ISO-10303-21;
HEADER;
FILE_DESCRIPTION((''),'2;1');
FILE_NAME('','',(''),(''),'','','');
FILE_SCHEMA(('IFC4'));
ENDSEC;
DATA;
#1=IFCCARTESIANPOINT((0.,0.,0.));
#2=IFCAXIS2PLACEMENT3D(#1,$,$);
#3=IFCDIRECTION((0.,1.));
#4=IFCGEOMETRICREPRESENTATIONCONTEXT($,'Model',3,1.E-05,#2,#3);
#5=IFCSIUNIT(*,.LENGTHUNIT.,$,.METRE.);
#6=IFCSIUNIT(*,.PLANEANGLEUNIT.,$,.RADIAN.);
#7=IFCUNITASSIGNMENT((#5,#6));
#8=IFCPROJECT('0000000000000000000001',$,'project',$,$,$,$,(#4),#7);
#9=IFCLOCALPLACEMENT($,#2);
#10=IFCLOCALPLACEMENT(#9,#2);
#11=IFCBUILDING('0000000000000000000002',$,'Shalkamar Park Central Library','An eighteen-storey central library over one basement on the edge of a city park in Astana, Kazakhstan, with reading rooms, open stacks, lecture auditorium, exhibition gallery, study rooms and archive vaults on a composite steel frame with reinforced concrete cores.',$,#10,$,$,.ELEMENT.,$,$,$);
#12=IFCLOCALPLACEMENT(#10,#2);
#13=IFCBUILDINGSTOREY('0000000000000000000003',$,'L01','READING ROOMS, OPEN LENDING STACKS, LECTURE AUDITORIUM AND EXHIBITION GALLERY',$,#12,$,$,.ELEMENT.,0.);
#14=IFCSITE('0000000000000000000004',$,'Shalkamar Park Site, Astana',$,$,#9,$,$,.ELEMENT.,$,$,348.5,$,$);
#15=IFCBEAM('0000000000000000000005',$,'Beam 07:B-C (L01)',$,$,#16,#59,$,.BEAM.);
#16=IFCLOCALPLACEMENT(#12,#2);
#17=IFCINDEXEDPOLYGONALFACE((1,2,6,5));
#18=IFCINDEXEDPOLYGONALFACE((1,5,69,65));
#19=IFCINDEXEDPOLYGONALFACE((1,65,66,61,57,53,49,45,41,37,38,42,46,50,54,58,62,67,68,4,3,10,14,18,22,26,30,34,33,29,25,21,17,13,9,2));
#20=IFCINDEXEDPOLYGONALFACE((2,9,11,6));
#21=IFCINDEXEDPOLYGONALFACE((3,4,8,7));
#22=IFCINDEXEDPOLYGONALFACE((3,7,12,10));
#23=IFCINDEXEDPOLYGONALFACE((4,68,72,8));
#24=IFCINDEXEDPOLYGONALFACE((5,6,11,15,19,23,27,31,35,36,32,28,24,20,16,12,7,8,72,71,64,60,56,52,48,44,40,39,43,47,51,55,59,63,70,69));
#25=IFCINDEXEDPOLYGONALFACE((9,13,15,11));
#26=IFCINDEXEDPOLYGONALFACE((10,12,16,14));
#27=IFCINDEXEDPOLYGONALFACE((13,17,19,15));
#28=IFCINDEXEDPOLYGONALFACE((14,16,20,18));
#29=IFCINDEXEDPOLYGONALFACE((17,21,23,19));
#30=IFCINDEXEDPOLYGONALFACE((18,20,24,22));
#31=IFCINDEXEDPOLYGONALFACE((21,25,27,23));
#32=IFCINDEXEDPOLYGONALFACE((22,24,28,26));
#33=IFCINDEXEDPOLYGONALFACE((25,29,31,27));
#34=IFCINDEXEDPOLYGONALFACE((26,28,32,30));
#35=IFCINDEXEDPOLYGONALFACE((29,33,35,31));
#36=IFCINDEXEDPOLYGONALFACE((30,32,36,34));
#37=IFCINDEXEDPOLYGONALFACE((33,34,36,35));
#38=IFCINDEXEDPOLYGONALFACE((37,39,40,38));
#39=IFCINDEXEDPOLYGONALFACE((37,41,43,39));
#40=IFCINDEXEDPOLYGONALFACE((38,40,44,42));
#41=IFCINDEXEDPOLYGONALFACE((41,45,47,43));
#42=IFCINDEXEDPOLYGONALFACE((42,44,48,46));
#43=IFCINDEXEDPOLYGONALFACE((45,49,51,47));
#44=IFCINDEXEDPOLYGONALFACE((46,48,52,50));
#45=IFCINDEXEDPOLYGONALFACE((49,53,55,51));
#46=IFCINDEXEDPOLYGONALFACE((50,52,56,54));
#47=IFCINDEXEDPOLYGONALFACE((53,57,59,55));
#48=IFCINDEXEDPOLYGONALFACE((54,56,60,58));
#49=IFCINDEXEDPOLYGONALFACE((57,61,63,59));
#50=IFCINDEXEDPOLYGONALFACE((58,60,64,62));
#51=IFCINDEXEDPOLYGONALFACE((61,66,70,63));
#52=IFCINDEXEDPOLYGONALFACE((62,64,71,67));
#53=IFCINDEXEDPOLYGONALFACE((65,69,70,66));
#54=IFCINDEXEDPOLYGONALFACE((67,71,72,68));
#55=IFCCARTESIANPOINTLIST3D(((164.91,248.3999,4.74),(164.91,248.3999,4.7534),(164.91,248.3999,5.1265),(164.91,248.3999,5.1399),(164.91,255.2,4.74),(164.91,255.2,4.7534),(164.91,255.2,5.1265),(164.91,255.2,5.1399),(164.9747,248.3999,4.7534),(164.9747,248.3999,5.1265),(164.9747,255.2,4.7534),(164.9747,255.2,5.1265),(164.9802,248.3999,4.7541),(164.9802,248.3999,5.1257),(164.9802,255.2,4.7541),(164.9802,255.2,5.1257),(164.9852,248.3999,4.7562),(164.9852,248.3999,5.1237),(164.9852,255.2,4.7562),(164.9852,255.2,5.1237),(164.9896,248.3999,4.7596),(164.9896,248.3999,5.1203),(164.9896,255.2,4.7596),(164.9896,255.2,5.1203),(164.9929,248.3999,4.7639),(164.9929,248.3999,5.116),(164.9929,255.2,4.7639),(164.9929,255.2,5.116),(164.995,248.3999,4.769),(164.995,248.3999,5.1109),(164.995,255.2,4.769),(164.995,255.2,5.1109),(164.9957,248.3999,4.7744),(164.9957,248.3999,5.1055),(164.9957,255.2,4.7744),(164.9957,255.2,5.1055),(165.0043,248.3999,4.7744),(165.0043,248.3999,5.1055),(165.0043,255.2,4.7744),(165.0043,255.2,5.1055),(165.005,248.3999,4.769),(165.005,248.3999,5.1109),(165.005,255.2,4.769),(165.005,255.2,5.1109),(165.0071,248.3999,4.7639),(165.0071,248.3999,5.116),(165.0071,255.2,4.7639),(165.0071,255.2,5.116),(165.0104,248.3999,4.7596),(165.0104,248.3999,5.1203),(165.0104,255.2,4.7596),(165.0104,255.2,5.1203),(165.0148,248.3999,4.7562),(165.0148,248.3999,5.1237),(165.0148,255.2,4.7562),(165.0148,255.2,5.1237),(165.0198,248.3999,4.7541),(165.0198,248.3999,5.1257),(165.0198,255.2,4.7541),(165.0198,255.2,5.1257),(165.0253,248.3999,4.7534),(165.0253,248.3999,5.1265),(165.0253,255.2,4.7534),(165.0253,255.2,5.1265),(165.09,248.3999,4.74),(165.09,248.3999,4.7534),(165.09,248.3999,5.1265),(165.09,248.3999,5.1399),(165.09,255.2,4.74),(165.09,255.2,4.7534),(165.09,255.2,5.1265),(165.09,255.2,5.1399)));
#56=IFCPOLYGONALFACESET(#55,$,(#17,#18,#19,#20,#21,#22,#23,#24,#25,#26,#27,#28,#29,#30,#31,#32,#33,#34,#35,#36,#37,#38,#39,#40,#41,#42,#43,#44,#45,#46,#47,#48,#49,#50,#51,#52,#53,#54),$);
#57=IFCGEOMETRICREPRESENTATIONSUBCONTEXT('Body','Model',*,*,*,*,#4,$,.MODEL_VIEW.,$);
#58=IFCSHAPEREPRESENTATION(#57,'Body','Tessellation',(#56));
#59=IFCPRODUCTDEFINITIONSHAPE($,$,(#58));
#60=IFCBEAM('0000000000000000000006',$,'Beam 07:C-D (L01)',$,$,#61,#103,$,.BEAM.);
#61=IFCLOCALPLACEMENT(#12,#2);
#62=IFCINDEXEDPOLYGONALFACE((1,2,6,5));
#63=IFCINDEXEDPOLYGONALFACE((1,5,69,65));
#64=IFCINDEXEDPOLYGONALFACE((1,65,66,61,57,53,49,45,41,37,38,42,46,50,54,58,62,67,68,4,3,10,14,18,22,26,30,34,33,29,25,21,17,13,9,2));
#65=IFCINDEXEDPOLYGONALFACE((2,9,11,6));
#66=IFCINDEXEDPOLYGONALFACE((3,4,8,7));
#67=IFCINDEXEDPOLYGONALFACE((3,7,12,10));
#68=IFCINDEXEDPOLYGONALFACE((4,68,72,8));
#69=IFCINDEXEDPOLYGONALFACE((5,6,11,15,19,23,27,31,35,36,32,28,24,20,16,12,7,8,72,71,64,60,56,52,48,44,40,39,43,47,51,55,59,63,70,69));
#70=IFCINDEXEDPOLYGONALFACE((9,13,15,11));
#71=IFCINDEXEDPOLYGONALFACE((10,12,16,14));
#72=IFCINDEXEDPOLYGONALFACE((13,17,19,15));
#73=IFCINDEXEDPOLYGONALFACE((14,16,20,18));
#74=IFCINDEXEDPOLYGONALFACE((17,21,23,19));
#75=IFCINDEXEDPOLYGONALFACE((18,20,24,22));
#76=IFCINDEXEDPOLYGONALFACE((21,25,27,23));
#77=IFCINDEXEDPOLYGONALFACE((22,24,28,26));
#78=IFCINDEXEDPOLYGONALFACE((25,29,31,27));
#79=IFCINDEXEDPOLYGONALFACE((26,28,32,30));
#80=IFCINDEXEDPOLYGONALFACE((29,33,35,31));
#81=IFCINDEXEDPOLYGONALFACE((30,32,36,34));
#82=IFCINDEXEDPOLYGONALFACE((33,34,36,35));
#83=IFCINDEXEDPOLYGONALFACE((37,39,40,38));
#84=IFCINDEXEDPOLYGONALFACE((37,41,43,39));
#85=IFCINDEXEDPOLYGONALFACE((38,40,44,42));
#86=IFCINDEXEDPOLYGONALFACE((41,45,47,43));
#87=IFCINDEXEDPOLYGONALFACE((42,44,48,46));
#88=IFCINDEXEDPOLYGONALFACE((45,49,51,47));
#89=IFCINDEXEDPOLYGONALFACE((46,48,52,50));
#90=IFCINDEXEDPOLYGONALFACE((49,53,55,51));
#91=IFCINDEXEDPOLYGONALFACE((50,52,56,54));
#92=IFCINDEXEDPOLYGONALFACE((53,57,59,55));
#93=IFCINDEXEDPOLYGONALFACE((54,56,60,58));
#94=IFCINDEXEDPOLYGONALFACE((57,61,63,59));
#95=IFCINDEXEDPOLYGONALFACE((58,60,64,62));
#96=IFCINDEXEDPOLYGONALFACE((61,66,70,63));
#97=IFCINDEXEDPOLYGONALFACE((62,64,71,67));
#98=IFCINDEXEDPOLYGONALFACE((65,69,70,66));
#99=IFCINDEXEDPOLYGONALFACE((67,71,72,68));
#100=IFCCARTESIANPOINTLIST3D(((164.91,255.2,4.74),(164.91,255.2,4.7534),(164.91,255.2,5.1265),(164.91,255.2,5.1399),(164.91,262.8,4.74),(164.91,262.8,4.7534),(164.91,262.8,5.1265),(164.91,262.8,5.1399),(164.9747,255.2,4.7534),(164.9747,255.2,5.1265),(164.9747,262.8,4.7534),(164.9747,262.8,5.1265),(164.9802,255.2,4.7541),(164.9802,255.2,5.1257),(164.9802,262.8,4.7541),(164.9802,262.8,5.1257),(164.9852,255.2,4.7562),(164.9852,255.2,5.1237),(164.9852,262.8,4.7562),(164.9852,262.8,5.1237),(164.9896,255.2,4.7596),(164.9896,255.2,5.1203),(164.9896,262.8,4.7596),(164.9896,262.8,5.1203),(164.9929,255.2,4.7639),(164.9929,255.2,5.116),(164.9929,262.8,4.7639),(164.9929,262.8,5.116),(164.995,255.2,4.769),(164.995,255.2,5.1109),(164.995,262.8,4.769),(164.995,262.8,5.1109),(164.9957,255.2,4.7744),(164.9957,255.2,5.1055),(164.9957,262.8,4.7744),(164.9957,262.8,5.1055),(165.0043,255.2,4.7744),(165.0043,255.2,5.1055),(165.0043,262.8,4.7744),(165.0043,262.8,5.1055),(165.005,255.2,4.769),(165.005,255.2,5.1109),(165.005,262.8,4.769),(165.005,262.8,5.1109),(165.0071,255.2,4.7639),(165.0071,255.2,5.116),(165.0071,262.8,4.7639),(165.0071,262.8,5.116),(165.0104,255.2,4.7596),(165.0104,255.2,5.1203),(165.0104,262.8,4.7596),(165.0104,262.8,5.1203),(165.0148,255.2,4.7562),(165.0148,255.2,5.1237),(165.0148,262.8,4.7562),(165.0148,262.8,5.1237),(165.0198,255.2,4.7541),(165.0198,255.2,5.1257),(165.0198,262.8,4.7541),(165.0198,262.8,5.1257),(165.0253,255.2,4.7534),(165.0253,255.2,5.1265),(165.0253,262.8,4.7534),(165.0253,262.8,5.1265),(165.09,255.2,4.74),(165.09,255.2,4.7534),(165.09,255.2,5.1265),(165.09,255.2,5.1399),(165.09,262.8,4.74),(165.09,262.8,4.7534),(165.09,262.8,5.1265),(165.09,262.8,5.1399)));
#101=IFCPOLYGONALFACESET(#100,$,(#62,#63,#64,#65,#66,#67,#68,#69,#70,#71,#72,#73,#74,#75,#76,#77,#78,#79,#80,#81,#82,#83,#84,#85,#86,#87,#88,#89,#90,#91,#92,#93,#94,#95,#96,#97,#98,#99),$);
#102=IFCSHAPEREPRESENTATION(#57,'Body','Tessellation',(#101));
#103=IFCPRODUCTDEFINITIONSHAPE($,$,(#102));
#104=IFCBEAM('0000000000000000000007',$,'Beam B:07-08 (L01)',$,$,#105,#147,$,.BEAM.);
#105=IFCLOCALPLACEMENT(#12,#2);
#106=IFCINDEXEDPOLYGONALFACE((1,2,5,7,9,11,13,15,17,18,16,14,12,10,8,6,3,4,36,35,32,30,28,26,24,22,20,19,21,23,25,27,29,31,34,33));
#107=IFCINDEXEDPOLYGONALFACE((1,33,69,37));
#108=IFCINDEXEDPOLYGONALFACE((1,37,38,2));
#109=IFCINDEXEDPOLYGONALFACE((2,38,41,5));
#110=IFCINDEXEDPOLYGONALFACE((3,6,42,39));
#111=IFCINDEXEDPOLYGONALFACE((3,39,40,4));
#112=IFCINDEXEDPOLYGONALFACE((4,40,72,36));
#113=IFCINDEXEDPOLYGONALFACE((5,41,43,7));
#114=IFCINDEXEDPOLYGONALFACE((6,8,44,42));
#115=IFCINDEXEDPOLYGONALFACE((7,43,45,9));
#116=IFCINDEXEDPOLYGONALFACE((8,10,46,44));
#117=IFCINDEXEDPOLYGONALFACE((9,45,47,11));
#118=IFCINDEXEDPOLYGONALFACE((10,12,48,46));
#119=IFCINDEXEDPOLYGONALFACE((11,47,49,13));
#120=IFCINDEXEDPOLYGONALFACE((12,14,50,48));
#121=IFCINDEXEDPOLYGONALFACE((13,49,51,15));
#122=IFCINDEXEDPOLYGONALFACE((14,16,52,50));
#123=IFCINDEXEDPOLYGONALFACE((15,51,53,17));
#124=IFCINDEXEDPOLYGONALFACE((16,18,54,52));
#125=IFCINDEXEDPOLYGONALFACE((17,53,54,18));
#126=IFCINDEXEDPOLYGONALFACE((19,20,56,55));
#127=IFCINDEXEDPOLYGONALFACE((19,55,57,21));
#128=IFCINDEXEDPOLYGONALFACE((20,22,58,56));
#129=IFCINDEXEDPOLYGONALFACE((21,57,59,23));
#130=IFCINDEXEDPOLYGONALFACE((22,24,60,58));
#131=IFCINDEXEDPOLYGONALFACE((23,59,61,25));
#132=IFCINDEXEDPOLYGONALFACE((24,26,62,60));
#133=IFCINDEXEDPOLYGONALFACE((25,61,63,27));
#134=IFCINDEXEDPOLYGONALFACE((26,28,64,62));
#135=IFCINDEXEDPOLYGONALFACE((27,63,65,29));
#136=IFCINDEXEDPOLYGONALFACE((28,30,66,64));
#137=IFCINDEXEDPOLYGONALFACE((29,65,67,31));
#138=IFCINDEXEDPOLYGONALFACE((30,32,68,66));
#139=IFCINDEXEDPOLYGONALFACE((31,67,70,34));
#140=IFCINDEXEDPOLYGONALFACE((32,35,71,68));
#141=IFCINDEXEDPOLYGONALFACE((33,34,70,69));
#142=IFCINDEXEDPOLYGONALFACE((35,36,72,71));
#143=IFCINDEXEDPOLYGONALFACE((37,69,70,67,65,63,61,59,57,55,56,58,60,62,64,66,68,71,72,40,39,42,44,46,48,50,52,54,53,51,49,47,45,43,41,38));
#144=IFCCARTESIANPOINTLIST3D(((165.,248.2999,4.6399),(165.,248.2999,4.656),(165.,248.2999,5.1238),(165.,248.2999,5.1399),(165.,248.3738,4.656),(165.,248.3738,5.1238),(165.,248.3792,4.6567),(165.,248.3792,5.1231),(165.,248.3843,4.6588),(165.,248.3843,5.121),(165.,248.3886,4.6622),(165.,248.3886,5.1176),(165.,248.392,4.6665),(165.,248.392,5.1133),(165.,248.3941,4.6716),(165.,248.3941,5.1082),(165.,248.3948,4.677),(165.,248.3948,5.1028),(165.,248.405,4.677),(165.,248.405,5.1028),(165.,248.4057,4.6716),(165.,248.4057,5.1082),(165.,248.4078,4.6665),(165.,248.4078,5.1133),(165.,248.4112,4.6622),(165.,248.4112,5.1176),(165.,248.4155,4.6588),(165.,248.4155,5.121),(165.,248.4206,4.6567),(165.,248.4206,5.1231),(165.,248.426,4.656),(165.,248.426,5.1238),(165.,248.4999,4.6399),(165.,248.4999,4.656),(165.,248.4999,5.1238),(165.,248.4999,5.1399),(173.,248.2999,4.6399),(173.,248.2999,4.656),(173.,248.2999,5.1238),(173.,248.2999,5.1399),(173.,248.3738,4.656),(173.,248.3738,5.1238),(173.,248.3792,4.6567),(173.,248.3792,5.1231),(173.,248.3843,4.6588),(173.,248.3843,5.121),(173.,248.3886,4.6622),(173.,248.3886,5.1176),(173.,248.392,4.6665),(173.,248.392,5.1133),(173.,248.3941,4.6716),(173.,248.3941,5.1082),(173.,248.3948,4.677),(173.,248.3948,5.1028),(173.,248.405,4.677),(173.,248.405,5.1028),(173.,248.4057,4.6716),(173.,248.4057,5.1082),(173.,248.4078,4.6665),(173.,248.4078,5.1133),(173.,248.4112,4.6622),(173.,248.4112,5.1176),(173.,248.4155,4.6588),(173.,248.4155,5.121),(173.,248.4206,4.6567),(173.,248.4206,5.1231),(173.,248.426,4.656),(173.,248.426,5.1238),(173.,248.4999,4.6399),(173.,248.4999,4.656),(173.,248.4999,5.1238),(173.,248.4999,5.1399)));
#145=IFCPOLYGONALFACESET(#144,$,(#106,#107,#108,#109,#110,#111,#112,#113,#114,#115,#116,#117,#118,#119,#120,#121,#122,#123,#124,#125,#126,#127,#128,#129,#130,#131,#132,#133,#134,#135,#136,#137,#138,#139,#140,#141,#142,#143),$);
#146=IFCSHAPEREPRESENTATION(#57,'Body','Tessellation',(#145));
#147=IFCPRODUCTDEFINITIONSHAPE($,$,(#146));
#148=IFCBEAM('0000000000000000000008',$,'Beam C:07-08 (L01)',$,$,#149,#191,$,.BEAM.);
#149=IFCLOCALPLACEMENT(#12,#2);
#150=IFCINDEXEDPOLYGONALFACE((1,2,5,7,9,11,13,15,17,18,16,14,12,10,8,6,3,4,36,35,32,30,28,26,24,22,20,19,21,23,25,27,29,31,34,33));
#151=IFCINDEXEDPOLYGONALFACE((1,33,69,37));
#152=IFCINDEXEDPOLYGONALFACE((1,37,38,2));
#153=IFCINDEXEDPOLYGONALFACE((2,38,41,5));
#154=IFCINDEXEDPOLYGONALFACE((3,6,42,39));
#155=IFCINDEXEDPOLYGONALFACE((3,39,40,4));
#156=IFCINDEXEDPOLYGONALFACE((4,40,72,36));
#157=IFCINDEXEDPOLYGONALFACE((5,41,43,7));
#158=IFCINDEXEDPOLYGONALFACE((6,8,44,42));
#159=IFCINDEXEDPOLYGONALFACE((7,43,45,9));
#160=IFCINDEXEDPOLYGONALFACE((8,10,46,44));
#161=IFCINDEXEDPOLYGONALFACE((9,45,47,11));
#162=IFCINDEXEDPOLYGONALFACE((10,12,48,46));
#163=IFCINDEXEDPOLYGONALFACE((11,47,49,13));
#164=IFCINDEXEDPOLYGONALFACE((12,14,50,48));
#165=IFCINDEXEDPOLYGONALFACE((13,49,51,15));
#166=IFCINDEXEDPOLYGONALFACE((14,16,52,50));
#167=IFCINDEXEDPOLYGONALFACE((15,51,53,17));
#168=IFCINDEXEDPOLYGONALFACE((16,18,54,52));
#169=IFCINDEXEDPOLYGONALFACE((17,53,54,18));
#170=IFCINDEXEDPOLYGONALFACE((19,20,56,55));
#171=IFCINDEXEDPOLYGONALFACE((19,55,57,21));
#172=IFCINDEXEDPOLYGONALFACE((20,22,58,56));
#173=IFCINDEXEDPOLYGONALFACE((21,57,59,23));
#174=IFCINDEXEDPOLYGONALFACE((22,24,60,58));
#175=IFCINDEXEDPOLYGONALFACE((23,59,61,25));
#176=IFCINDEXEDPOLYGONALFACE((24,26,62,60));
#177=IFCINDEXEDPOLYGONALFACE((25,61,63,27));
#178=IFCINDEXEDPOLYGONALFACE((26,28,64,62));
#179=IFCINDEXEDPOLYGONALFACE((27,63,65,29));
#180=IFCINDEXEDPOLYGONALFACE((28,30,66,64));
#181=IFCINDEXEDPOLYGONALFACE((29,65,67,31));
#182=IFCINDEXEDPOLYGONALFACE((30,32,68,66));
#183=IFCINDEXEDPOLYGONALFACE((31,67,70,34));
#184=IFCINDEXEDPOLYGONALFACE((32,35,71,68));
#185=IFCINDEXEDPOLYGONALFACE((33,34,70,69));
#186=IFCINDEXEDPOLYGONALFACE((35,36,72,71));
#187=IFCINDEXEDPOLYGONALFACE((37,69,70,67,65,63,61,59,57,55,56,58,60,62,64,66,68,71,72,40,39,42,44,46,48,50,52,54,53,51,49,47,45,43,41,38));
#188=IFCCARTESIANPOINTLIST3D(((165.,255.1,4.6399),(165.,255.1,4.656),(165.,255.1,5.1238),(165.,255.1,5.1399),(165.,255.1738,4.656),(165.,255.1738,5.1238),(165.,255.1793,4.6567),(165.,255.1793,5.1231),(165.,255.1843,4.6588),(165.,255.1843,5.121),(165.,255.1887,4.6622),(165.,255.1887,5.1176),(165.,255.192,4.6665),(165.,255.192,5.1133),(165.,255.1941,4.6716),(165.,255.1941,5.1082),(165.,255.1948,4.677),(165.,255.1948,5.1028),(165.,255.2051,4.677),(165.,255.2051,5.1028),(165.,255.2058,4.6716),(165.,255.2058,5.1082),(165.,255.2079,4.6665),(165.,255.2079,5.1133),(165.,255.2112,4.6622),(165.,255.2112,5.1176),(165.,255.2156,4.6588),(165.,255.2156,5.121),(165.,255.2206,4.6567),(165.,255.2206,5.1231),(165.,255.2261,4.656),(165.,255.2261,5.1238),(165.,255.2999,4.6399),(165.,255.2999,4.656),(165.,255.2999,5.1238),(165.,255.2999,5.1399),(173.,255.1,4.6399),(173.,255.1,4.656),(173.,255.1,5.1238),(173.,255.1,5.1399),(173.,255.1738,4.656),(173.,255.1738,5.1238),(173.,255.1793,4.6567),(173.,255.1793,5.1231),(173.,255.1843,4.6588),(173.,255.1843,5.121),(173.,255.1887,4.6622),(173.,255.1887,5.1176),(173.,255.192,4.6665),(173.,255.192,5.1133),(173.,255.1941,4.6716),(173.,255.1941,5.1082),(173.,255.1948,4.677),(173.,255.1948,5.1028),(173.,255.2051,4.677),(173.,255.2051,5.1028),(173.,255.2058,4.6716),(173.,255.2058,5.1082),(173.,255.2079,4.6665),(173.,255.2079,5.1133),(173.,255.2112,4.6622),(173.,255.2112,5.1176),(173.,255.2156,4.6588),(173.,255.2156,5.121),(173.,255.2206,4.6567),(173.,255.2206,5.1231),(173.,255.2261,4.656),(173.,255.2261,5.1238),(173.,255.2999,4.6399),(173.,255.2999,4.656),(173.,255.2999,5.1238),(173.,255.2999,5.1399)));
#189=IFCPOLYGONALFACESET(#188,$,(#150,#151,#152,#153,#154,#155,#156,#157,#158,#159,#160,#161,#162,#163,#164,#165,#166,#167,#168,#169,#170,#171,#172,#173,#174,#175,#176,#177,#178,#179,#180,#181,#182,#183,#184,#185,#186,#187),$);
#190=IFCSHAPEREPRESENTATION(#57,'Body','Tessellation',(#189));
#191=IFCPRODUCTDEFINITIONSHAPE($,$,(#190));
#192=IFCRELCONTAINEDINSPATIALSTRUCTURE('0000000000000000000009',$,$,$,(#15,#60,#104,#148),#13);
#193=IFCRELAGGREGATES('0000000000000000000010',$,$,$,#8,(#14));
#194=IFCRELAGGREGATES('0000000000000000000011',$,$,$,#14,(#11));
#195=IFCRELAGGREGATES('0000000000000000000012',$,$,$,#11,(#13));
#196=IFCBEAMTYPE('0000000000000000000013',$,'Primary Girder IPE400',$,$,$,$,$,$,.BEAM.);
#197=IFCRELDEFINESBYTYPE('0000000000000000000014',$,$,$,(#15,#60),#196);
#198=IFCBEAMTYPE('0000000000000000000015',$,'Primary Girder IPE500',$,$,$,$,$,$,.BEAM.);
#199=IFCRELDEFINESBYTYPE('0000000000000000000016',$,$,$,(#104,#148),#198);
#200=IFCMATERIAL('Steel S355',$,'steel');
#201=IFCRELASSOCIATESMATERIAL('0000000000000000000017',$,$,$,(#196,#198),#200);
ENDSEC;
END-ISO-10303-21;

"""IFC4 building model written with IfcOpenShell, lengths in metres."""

from ifc_helpers import new_model, si_unit, direction, frame, origin, origin_2d, place, context, subcontext, project, spatial, i_section, extrude, material, material_profile, profile_set, type_object, element, save


model = new_model("IFC4")

# Units and contexts
model_context = context("Model", 3, precision=1e-05, world=origin(), true_north=direction((0.0, 1.0)))
body_context = subcontext(model_context, "Body", "Model", "MODEL_VIEW")
ifc_project = project(units=[si_unit("LENGTHUNIT", "METRE"), si_unit("PLANEANGLEUNIT", "RADIAN")], contexts=[model_context])

# Site, building, storey
site_placement = place(None, origin())
site = spatial("IfcSite", under=ifc_project, at=site_placement, Name="Shalkamar Park Site, Astana", CompositionType="ELEMENT", RefElevation=348.5)
building_placement = place(site_placement, origin())
building = spatial("IfcBuilding", under=site, at=building_placement, Name="Shalkamar Park Central Library", Description="An eighteen-storey central library over one basement on the edge of a city park in Astana, Kazakhstan, with reading rooms, open stacks, lecture auditorium, exhibition gallery, study rooms and archive vaults on a composite steel frame with reinforced concrete cores.", CompositionType="ELEMENT")
storey_placement = place(building_placement, origin())
storey = spatial("IfcBuildingStorey", under=building, at=storey_placement, Name="L01", Description="READING ROOMS, OPEN LENDING STACKS, LECTURE AUDITORIUM AND EXHIBITION GALLERY", CompositionType="ELEMENT", Elevation=0.0)

# Shared definitions
ifc_material_1 = material(Name="Steel S355", Category="steel")

# Beams
ifc_material_profile_1 = material_profile(ifc_material_1, i_section(OverallWidth=0.1799, OverallDepth=0.3999, WebThickness=0.0085, FlangeThickness=0.0134, FilletRadius=0.021, at=origin_2d()), Name="IPE 400")
ifc_profile_set_1 = profile_set([ifc_material_profile_1], Name="Steel S355")
beam_type_1 = type_object("IfcBeamType", Name="Primary Girder IPE400", PredefinedType="BEAM", material=ifc_profile_set_1)
beam_1_placement = place(storey_placement, frame((165.0, 248.3999, 4.9399), z_axis=(0.0, 1.0, 0.0), x_axis=(-1.0, 0.0, 0.0)))
element("IfcBeam", 1, at=beam_1_placement, inside=storey, type_object=beam_type_1, Name="Beam 07:B-C (L01)", PredefinedType="BEAM", context=body_context, shape_type="SweptSolid", body=[
    extrude(i_section(OverallWidth=0.1799, OverallDepth=0.3999, WebThickness=0.0085, FlangeThickness=0.0134, FilletRadius=0.021, at=origin_2d()), origin(), (0.0, 0.0, 1.0), 6.8),
])
beam_2_placement = place(storey_placement, frame((165.0, 255.2, 4.9399), z_axis=(0.0, 1.0, 0.0), x_axis=(-1.0, 0.0, 0.0)))
element("IfcBeam", 2, at=beam_2_placement, inside=storey, type_object=beam_type_1, Name="Beam 07:C-D (L01)", PredefinedType="BEAM", context=body_context, shape_type="SweptSolid", body=[
    extrude(i_section(OverallWidth=0.1799, OverallDepth=0.3999, WebThickness=0.0085, FlangeThickness=0.0134, FilletRadius=0.021, at=origin_2d()), origin(), (0.0, 0.0, 1.0), 7.6001),
])
ifc_material_profile_2 = material_profile(ifc_material_1, i_section(OverallWidth=0.2, OverallDepth=0.5, WebThickness=0.0103, FlangeThickness=0.0161, FilletRadius=0.021, at=origin_2d()), Name="IPE 500")
ifc_profile_set_2 = profile_set([ifc_material_profile_2], Name="Steel S355")
beam_type_2 = type_object("IfcBeamType", Name="Primary Girder IPE500", PredefinedType="BEAM", material=ifc_profile_set_2)
for number, where, z_axis, x_axis, name in (
    (3, (165.0, 248.3999, 4.8899), (1.0, 0.0, 0.0), (0.0, 1.0, 0.0), "Beam B:07-08 (L01)"),
    (4, (165.0, 255.2, 4.8899), (1.0, 0.0, 0.0), (0.0, 1.0, 0.0), "Beam C:07-08 (L01)"),
):
    element("IfcBeam", number, at=place(storey_placement, frame(where, z_axis=z_axis, x_axis=x_axis)), inside=storey, type_object=beam_type_2, Name=name, PredefinedType="BEAM", context=body_context, shape_type="SweptSolid", body=[
        extrude(i_section(OverallWidth=0.2, OverallDepth=0.5, WebThickness=0.0103, FlangeThickness=0.0161, FilletRadius=0.021, at=origin_2d()), origin(), (0.0, 0.0, 1.0), 8.0),
    ])

save(model, "model.ifc")
